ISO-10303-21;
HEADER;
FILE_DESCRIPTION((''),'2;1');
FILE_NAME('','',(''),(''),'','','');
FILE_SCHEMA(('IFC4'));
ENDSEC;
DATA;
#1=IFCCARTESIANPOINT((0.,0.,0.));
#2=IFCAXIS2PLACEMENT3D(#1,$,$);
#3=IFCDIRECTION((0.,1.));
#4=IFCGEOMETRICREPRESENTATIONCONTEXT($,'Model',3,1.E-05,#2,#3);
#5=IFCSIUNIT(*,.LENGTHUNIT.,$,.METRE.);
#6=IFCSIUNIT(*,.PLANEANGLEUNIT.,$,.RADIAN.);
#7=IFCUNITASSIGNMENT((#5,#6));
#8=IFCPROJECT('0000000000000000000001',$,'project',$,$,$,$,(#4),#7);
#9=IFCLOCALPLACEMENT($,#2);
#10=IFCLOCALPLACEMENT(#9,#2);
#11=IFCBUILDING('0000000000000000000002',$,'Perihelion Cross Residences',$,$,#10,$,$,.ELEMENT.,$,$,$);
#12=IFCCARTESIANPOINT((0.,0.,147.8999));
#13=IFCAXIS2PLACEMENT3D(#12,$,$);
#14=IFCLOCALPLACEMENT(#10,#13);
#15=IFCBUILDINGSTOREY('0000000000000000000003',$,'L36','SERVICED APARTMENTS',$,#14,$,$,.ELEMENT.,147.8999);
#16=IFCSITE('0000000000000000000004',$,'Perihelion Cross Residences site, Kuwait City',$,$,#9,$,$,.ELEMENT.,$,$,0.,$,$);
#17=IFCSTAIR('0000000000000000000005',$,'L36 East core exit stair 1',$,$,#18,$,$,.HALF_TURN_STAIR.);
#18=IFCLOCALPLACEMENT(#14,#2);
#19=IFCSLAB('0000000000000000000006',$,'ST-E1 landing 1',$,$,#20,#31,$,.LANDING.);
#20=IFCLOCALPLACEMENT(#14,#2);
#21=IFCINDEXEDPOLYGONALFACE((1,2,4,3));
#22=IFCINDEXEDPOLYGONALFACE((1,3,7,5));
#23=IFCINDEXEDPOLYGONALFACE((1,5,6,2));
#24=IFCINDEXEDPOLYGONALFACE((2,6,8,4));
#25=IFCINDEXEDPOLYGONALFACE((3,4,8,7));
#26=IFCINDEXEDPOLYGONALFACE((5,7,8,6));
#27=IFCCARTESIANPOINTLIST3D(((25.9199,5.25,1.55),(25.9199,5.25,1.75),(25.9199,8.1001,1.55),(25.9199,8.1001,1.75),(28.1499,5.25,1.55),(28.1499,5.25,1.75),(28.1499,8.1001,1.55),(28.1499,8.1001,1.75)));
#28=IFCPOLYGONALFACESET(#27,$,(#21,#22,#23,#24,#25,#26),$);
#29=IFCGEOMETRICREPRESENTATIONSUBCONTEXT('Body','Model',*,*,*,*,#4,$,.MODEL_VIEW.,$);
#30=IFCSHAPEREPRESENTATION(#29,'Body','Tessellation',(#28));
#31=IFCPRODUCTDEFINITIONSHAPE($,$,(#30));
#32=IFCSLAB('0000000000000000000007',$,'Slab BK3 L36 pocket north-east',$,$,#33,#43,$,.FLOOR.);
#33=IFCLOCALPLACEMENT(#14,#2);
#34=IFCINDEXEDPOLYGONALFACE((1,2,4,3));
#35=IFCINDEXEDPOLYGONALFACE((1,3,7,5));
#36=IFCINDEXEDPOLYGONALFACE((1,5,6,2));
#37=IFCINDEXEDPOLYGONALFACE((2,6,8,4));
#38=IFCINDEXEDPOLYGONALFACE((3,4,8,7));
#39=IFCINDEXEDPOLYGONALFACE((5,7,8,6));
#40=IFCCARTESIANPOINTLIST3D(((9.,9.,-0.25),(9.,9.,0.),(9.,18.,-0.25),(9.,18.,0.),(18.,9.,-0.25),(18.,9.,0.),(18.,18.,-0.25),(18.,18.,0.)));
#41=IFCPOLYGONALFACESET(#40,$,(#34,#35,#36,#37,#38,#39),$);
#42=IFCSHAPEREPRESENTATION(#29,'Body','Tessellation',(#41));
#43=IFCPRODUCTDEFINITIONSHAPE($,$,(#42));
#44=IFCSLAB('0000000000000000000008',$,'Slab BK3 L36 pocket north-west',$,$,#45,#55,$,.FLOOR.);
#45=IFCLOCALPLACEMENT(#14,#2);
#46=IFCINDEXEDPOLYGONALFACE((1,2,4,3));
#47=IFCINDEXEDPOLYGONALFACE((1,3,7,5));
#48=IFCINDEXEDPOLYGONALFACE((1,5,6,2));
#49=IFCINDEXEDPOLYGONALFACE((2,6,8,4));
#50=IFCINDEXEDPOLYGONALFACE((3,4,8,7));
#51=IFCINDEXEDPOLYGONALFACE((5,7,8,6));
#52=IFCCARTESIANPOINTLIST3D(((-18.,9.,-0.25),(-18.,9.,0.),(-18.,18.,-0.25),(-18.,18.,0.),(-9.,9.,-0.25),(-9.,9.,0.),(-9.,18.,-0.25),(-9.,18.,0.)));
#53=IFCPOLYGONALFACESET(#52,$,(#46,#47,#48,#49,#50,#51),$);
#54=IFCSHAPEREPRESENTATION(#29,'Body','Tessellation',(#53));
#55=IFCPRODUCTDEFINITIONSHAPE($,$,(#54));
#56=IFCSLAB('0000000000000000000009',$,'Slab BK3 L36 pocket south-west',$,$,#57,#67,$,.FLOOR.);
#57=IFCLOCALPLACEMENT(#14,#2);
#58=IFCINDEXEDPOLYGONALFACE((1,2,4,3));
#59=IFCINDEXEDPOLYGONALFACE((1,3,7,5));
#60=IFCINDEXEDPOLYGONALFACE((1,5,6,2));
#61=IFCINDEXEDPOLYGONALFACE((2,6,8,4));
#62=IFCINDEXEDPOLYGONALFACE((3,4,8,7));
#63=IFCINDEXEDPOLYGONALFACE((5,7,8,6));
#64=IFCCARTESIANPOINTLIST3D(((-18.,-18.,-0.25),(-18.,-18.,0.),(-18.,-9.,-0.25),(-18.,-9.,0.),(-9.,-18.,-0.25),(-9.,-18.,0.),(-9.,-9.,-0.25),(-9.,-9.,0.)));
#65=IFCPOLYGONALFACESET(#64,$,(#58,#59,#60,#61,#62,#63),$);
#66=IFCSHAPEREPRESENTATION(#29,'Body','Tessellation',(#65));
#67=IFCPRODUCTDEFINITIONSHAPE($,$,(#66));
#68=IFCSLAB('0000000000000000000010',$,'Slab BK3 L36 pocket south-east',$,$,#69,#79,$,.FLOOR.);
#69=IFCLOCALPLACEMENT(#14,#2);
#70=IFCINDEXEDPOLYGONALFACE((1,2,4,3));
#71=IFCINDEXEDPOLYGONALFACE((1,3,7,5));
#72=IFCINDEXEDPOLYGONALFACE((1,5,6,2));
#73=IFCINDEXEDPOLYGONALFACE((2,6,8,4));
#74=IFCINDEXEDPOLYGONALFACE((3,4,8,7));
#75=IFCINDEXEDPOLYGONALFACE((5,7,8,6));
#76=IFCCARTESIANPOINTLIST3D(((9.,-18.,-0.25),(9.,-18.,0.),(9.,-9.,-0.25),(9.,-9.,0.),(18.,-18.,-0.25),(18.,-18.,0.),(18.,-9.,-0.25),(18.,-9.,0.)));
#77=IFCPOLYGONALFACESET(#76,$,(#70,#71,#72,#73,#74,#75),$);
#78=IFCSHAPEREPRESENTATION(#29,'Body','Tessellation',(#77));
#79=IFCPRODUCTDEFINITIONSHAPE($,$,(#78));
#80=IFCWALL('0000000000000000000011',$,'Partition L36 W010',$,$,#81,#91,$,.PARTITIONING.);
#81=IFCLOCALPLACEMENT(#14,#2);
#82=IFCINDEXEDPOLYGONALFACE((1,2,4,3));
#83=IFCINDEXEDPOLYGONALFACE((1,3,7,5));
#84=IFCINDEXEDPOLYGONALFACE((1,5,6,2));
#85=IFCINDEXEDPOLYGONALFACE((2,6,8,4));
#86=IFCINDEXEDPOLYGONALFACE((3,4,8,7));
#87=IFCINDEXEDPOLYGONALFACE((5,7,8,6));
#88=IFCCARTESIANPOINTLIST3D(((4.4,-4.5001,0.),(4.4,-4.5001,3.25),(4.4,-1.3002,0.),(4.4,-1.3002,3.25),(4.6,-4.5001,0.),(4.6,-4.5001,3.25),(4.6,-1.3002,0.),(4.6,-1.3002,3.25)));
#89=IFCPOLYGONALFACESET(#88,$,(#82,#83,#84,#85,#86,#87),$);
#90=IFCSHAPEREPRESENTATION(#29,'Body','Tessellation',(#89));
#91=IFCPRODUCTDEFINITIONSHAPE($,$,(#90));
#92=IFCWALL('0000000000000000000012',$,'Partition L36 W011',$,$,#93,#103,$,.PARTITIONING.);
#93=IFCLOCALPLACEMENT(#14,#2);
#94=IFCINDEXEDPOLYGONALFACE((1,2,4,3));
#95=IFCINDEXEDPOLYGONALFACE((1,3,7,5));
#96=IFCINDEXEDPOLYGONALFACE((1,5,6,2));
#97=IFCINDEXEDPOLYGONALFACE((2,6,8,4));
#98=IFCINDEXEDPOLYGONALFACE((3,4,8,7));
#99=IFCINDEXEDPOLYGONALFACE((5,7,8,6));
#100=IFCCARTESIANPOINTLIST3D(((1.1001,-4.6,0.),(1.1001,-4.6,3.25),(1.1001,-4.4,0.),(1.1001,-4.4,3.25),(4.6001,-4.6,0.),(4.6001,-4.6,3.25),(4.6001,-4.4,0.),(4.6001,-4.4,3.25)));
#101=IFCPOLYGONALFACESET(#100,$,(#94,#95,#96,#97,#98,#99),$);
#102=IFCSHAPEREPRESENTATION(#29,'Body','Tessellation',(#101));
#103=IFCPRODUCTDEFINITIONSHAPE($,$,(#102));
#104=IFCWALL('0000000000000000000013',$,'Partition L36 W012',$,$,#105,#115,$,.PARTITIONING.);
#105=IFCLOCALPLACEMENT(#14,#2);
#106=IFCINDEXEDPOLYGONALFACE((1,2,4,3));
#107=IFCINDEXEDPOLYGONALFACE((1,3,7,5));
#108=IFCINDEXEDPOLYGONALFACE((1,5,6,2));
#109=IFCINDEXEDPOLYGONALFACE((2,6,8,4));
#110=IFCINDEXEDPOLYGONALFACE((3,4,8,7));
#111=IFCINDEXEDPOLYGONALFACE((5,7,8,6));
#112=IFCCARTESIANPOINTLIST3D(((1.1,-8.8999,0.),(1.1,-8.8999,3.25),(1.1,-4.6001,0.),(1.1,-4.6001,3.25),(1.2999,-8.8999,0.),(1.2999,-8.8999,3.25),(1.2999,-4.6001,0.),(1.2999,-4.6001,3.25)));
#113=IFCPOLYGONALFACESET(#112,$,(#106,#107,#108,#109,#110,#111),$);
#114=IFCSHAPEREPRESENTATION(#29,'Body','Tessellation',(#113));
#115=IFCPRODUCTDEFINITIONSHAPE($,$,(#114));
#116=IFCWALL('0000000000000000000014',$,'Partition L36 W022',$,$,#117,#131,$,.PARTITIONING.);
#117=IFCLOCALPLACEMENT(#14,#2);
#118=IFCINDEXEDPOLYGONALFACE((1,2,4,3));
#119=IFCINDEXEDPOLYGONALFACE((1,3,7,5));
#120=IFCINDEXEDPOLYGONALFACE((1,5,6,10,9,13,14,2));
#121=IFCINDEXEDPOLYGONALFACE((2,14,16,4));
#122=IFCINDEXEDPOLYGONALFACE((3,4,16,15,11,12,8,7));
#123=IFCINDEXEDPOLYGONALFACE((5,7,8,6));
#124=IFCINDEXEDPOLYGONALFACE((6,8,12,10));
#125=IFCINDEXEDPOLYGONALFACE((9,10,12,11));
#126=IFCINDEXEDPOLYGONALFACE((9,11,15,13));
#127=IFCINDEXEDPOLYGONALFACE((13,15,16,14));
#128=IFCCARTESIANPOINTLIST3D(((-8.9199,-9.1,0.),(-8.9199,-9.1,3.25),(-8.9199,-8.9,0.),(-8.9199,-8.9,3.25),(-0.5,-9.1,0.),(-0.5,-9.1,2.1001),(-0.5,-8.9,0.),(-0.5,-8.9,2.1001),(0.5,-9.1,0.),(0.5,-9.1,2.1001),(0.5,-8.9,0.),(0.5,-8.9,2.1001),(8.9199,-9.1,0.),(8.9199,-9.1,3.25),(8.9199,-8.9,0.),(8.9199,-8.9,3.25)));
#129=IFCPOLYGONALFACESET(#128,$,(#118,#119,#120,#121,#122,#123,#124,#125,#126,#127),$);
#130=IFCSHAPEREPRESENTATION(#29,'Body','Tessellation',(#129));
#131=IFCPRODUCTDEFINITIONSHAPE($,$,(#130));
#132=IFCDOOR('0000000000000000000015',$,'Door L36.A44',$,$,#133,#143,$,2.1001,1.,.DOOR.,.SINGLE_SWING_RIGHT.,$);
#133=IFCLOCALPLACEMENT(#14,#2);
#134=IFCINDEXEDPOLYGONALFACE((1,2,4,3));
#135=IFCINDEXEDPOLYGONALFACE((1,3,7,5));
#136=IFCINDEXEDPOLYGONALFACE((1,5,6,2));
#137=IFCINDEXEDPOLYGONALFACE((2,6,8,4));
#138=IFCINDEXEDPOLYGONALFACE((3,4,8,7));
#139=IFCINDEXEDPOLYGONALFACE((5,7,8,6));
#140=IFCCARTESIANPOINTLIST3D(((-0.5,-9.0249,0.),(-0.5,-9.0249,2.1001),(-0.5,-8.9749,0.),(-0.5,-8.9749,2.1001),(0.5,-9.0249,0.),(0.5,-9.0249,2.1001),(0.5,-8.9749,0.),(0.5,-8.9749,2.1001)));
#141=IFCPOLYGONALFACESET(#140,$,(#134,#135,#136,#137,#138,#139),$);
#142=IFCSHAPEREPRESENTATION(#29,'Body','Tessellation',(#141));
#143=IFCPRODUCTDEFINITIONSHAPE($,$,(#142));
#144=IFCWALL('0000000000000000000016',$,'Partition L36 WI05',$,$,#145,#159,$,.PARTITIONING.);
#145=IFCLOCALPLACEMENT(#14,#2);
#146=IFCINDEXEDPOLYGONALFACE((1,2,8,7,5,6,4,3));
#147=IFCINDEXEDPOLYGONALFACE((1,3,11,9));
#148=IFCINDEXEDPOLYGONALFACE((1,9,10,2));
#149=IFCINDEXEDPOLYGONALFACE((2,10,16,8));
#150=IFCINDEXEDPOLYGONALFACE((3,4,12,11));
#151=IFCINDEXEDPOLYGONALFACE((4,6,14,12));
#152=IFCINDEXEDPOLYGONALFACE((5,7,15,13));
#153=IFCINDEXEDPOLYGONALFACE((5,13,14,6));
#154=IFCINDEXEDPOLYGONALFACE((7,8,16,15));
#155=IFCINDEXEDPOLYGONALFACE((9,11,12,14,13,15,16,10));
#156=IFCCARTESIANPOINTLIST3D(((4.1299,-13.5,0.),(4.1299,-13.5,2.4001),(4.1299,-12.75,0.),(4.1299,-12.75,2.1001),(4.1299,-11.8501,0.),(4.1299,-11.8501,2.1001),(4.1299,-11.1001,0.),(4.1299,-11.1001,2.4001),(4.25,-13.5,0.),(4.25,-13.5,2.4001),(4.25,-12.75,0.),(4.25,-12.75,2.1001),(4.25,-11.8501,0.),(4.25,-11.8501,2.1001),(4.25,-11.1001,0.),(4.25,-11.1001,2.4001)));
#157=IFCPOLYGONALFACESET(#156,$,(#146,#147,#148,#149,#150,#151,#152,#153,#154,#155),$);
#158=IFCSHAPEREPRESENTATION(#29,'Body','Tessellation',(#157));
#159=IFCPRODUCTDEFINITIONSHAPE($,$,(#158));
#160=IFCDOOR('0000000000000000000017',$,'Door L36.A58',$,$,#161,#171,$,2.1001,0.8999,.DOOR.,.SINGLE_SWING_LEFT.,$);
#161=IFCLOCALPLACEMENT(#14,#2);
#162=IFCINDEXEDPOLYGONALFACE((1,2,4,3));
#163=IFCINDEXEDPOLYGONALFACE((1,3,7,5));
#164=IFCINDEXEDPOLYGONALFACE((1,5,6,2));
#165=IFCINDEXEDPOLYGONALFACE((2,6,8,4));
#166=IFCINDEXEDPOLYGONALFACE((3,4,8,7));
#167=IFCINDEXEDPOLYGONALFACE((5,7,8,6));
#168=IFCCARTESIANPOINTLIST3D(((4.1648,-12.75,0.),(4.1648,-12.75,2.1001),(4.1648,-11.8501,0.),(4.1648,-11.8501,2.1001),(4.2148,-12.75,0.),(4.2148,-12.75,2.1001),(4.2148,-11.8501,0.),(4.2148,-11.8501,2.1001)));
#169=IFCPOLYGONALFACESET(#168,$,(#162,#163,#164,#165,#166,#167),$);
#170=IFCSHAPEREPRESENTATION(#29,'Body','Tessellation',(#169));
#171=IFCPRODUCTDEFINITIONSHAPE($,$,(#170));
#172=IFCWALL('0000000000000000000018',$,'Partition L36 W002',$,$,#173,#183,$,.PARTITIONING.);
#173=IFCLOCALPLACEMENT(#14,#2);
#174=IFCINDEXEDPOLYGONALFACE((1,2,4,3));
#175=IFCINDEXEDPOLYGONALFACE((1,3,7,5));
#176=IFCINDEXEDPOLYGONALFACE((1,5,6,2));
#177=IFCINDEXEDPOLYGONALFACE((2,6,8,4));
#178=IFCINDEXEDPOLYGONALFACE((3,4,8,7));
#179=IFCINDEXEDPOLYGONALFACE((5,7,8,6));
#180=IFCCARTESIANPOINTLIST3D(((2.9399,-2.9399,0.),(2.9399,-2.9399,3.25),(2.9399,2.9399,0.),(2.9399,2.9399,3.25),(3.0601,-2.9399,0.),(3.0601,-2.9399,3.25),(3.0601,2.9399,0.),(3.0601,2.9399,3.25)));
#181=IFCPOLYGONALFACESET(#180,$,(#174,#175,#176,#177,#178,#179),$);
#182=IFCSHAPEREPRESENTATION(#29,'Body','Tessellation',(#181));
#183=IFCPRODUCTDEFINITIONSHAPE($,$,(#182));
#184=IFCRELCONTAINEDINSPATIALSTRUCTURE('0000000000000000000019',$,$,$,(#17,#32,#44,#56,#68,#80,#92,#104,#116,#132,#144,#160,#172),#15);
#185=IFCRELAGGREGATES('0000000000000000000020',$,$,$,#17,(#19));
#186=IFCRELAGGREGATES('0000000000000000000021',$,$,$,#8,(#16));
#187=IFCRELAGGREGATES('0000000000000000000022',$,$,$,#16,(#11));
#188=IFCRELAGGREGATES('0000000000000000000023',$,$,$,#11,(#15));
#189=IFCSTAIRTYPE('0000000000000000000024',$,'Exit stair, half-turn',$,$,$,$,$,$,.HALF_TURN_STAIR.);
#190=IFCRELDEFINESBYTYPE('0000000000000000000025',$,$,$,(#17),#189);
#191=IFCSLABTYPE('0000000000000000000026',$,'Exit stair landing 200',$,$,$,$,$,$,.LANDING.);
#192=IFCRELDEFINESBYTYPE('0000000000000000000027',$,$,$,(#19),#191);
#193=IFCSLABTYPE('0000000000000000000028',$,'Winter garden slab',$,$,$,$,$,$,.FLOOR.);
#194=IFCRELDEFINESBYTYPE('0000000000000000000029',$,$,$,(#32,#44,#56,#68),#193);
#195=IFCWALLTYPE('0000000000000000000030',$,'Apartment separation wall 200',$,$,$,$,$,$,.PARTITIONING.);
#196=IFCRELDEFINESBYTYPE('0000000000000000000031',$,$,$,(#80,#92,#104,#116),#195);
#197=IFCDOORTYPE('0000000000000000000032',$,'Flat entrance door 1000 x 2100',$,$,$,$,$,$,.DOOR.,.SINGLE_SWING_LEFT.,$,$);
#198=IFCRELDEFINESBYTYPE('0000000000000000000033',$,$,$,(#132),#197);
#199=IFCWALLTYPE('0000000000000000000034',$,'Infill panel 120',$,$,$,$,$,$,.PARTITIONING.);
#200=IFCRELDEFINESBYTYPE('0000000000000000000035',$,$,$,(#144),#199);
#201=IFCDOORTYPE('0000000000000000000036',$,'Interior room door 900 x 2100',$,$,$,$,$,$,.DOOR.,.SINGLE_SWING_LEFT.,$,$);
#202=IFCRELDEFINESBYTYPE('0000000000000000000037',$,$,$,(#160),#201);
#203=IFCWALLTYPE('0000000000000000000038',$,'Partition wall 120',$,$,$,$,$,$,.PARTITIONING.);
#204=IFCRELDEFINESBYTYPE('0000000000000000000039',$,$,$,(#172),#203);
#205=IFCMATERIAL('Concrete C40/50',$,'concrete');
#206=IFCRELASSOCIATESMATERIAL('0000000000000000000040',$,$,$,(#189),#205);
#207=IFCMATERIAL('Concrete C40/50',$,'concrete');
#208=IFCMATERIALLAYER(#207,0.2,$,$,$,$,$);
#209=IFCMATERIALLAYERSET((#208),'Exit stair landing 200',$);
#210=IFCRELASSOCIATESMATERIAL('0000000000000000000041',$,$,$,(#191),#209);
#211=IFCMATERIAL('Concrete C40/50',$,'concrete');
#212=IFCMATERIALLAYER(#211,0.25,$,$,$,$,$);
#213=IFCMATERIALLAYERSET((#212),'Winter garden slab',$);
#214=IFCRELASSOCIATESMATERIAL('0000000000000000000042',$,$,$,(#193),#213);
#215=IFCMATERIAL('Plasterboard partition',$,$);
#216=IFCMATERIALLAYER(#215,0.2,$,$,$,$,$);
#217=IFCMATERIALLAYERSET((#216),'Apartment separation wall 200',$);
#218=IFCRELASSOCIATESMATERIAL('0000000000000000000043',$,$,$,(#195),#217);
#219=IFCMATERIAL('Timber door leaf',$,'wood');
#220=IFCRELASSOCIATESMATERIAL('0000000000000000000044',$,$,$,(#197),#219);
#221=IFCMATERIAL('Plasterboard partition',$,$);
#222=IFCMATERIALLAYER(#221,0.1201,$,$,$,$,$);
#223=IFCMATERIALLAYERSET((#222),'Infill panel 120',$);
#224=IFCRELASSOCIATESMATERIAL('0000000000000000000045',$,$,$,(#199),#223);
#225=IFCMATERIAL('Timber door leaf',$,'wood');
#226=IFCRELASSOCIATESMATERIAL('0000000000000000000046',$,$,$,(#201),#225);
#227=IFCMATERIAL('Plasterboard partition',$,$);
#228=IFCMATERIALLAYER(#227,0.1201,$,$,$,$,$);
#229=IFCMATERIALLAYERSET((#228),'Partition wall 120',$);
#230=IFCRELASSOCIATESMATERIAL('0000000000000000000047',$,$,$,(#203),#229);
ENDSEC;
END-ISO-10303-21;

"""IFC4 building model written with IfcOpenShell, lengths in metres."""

from ifc_helpers import new_model, si_unit, direction, frame, frame_2d, origin, place, context, subcontext, project, spatial, polyline, rectangle, outline, extrude, material, layer, layer_set, type_object, element, fill, aggregate, save


model = new_model("IFC4")

# Units and contexts
model_context = context("Model", 3, precision=1e-05, world=origin(), true_north=direction((0.0, 1.0)))
body_context = subcontext(model_context, "Body", "Model", "MODEL_VIEW")
ifc_project = project(units=[si_unit("LENGTHUNIT", "METRE"), si_unit("PLANEANGLEUNIT", "RADIAN")], contexts=[model_context])

# Site, building, storey
site_placement = place(None, origin())
site = spatial("IfcSite", under=ifc_project, at=site_placement, Name="Perihelion Cross Residences site, Kuwait City", CompositionType="ELEMENT", RefElevation=0.0)
building_placement = place(site_placement, origin())
building = spatial("IfcBuilding", under=site, at=building_placement, Name="Perihelion Cross Residences", CompositionType="ELEMENT")
storey_placement = place(building_placement, frame((0.0, 0.0, 147.8999)))
storey = spatial("IfcBuildingStorey", under=building, at=storey_placement, Name="L36", Description="SERVICED APARTMENTS", CompositionType="ELEMENT", Elevation=147.8999)

# Stair, slab
ifc_material_1 = material(Name="Concrete C40/50", Category="concrete")
stair_type = type_object("IfcStairType", Name="Exit stair, half-turn", PredefinedType="HALF_TURN_STAIR", material=ifc_material_1)
stair_placement = place(storey_placement, origin())
stair = element("IfcStair", 1, at=stair_placement, inside=storey, type_object=stair_type, Name="L36 East core exit stair 1", PredefinedType="HALF_TURN_STAIR")
ifc_material_2 = material(Name="Concrete C40/50", Category="concrete")
ifc_layer_1 = layer(ifc_material_2, 0.2)
ifc_layer_set_1 = layer_set([ifc_layer_1], Name="Exit stair landing 200")
slab_type_1 = type_object("IfcSlabType", Name="Exit stair landing 200", PredefinedType="LANDING", material=ifc_layer_set_1)
slab_1_placement = place(storey_placement, frame((0.0, 0.0, 1.55)))
slab_1 = element("IfcSlab", 2, at=slab_1_placement, type_object=slab_type_1, Name="ST-E1 landing 1", PredefinedType="LANDING", context=body_context, shape_type="SweptSolid", body=[
    extrude(outline(polyline([(25.9199, 5.25), (28.1499, 5.25), (28.1499, 8.1001), (25.9199, 8.1001), (25.9199, 5.25)])), origin(), (0.0, 0.0, 1.0), 0.2),
])
aggregate(stair, [slab_1])

# Slabs
ifc_material_3 = material(Name="Concrete C40/50", Category="concrete")
ifc_layer_2 = layer(ifc_material_3, 0.25)
ifc_layer_set_2 = layer_set([ifc_layer_2], Name="Winter garden slab")
slab_type_2 = type_object("IfcSlabType", Name="Winter garden slab", PredefinedType="FLOOR", material=ifc_layer_set_2)
slab_2_placement = place(storey_placement, frame((0.0, 0.0, -0.25)))
element("IfcSlab", 3, at=slab_2_placement, inside=storey, type_object=slab_type_2, Name="Slab BK3 L36 pocket north-east", PredefinedType="FLOOR", context=body_context, shape_type="SweptSolid", body=[
    extrude(outline(polyline([(18.0, 9.0), (18.0, 18.0), (9.0, 18.0), (9.0, 9.0), (18.0, 9.0)])), origin(), (0.0, 0.0, 1.0), 0.25),
])
slab_3_placement = place(storey_placement, frame((0.0, 0.0, -0.25)))
element("IfcSlab", 4, at=slab_3_placement, inside=storey, type_object=slab_type_2, Name="Slab BK3 L36 pocket north-west", PredefinedType="FLOOR", context=body_context, shape_type="SweptSolid", body=[
    extrude(outline(polyline([(-9.0, 9.0), (-9.0, 18.0), (-18.0, 18.0), (-18.0, 9.0), (-9.0, 9.0)])), origin(), (0.0, 0.0, 1.0), 0.25),
])
slab_4_placement = place(storey_placement, frame((0.0, 0.0, -0.25)))
element("IfcSlab", 5, at=slab_4_placement, inside=storey, type_object=slab_type_2, Name="Slab BK3 L36 pocket south-west", PredefinedType="FLOOR", context=body_context, shape_type="SweptSolid", body=[
    extrude(outline(polyline([(-9.0, -18.0), (-9.0, -9.0), (-18.0, -9.0), (-18.0, -18.0), (-9.0, -18.0)])), origin(), (0.0, 0.0, 1.0), 0.25),
])
slab_5_placement = place(storey_placement, frame((0.0, 0.0, -0.25)))
element("IfcSlab", 6, at=slab_5_placement, inside=storey, type_object=slab_type_2, Name="Slab BK3 L36 pocket south-east", PredefinedType="FLOOR", context=body_context, shape_type="SweptSolid", body=[
    extrude(outline(polyline([(18.0, -18.0), (18.0, -9.0), (9.0, -9.0), (9.0, -18.0), (18.0, -18.0)])), origin(), (0.0, 0.0, 1.0), 0.25),
])

# Walls
ifc_material_4 = material(Name="Plasterboard partition")
ifc_layer_3 = layer(ifc_material_4, 0.2)
ifc_layer_set_3 = layer_set([ifc_layer_3], Name="Apartment separation wall 200")
wall_type_1 = type_object("IfcWallType", Name="Apartment separation wall 200", PredefinedType="PARTITIONING", material=ifc_layer_set_3)
wall_1_placement = place(storey_placement, frame((4.5, -1.3, 0.0), z_axis=(0.0, 0.0, 1.0), x_axis=(0.0, -1.0, 0.0)))
element("IfcWall", 7, at=wall_1_placement, inside=storey, type_object=wall_type_1, Name="Partition L36 W010", PredefinedType="PARTITIONING", context=body_context, shape_type="SweptSolid", body=[
    extrude(rectangle(XDim=3.2, YDim=0.2, at=frame_2d((1.6001, 0.0))), origin(), (0.0, 0.0, 1.0), 3.25),
])
wall_2_placement = place(storey_placement, frame((4.6001, -4.5, 0.0), z_axis=(0.0, 0.0, 1.0), x_axis=(-1.0, 0.0, 0.0)))
element("IfcWall", 8, at=wall_2_placement, inside=storey, type_object=wall_type_1, Name="Partition L36 W011", PredefinedType="PARTITIONING", context=body_context, shape_type="SweptSolid", body=[
    extrude(rectangle(XDim=3.5, YDim=0.2, at=frame_2d((1.75, 0.0))), origin(), (0.0, 0.0, 1.0), 3.25),
])
wall_3_placement = place(storey_placement, frame((1.2, -4.6001, 0.0), z_axis=(0.0, 0.0, 1.0), x_axis=(0.0, -1.0, 0.0)))
element("IfcWall", 9, at=wall_3_placement, inside=storey, type_object=wall_type_1, Name="Partition L36 W012", PredefinedType="PARTITIONING", context=body_context, shape_type="SweptSolid", body=[
    extrude(rectangle(XDim=4.2998, YDim=0.2, at=frame_2d((2.1499, 0.0))), origin(), (0.0, 0.0, 1.0), 3.25),
])

# Walls, openings, doors
wall_4_placement = place(storey_placement, frame((8.9199, -9.0, 0.0), z_axis=(0.0, 0.0, 1.0), x_axis=(-1.0, 0.0, 0.0)))
wall_4 = element("IfcWall", 10, at=wall_4_placement, inside=storey, type_object=wall_type_1, Name="Partition L36 W022", PredefinedType="PARTITIONING", context=body_context, shape_type="SweptSolid", body=[
    extrude(rectangle(XDim=17.8398, YDim=0.2, at=frame_2d((8.9199, 0.0))), origin(), (0.0, 0.0, 1.0), 3.25),
])
opening_1_placement = place(wall_4_placement, frame((8.4199, 0.0, 0.0)))
opening_1 = element("IfcOpeningElement", 11, at=opening_1_placement, cuts=wall_4, PredefinedType="OPENING", context=body_context, shape_type="SweptSolid", body=[
    extrude(rectangle(XDim=1.0, YDim=2.1001, at=frame_2d((0.5, 1.05))), frame((0.0, 0.1099, 0.0), z_axis=(0.0, -1.0, 0.0), x_axis=(1.0, 0.0, 0.0)), (0.0, 0.0, 1.0), 0.22),
])
ifc_material_5 = material(Name="Timber door leaf", Category="wood")
door_type_1 = type_object("IfcDoorType", Name="Flat entrance door 1000 x 2100", OperationType="SINGLE_SWING_LEFT", PredefinedType="DOOR", material=ifc_material_5)
door_1_placement = place(opening_1_placement, origin())
door_1 = element("IfcDoor", 12, at=door_1_placement, inside=storey, type_object=door_type_1, Name="Door L36.A44", OperationType="SINGLE_SWING_RIGHT", OverallHeight=2.1001, OverallWidth=1.0, PredefinedType="DOOR", context=body_context, shape_type="SweptSolid", body=[
    extrude(rectangle(XDim=1.0, YDim=2.1001, at=frame_2d((0.5, 1.05))), frame((0.0, 0.0249, 0.0), z_axis=(0.0, -1.0, 0.0), x_axis=(1.0, 0.0, 0.0)), (0.0, 0.0, 1.0), 0.05),
])
fill(opening_1, door_1)
ifc_material_6 = material(Name="Plasterboard partition")
ifc_layer_4 = layer(ifc_material_6, 0.1201)
ifc_layer_set_4 = layer_set([ifc_layer_4], Name="Infill panel 120")
wall_type_2 = type_object("IfcWallType", Name="Infill panel 120", PredefinedType="PARTITIONING", material=ifc_layer_set_4)
wall_5_placement = place(storey_placement, frame((4.1899, -11.1001, 0.0), z_axis=(0.0, 0.0, 1.0), x_axis=(0.0, -1.0, 0.0)))
wall_5 = element("IfcWall", 13, at=wall_5_placement, inside=storey, type_object=wall_type_2, Name="Partition L36 WI05", PredefinedType="PARTITIONING", context=body_context, shape_type="SweptSolid", body=[
    extrude(rectangle(XDim=2.3999, YDim=0.1201, at=frame_2d((1.2, 0.0))), origin(), (0.0, 0.0, 1.0), 2.4001),
])
opening_2_placement = place(wall_5_placement, frame((0.75, 0.0, 0.0)))
opening_2 = element("IfcOpeningElement", 14, at=opening_2_placement, cuts=wall_5, PredefinedType="OPENING", context=body_context, shape_type="SweptSolid", body=[
    extrude(rectangle(XDim=0.8999, YDim=2.1001, at=frame_2d((0.45, 1.05))), frame((0.0, 0.0701, 0.0), z_axis=(0.0, -1.0, 0.0), x_axis=(1.0, 0.0, 0.0)), (0.0, 0.0, 1.0), 0.1401),
])
ifc_material_7 = material(Name="Timber door leaf", Category="wood")
door_type_2 = type_object("IfcDoorType", Name="Interior room door 900 x 2100", OperationType="SINGLE_SWING_LEFT", PredefinedType="DOOR", material=ifc_material_7)
door_2_placement = place(opening_2_placement, origin())
door_2 = element("IfcDoor", 15, at=door_2_placement, inside=storey, type_object=door_type_2, Name="Door L36.A58", OperationType="SINGLE_SWING_LEFT", OverallHeight=2.1001, OverallWidth=0.8999, PredefinedType="DOOR", context=body_context, shape_type="SweptSolid", body=[
    extrude(rectangle(XDim=0.8999, YDim=2.1001, at=frame_2d((0.45, 1.05))), frame((0.0, 0.0249, 0.0), z_axis=(0.0, -1.0, 0.0), x_axis=(1.0, 0.0, 0.0)), (0.0, 0.0, 1.0), 0.05),
])
fill(opening_2, door_2)

# Wall
ifc_material_8 = material(Name="Plasterboard partition")
ifc_layer_5 = layer(ifc_material_8, 0.1201)
ifc_layer_set_5 = layer_set([ifc_layer_5], Name="Partition wall 120")
wall_type_3 = type_object("IfcWallType", Name="Partition wall 120", PredefinedType="PARTITIONING", material=ifc_layer_set_5)
wall_6_placement = place(storey_placement, frame((3.0, -2.9399, 0.0), z_axis=(0.0, 0.0, 1.0), x_axis=(0.0, 1.0, 0.0)))
element("IfcWall", 16, at=wall_6_placement, inside=storey, type_object=wall_type_3, Name="Partition L36 W002", PredefinedType="PARTITIONING", context=body_context, shape_type="SweptSolid", body=[
    extrude(rectangle(XDim=5.8799, YDim=0.1201, at=frame_2d((2.9399, 0.0))), origin(), (0.0, 0.0, 1.0), 3.25),
])

save(model, "model.ifc")
